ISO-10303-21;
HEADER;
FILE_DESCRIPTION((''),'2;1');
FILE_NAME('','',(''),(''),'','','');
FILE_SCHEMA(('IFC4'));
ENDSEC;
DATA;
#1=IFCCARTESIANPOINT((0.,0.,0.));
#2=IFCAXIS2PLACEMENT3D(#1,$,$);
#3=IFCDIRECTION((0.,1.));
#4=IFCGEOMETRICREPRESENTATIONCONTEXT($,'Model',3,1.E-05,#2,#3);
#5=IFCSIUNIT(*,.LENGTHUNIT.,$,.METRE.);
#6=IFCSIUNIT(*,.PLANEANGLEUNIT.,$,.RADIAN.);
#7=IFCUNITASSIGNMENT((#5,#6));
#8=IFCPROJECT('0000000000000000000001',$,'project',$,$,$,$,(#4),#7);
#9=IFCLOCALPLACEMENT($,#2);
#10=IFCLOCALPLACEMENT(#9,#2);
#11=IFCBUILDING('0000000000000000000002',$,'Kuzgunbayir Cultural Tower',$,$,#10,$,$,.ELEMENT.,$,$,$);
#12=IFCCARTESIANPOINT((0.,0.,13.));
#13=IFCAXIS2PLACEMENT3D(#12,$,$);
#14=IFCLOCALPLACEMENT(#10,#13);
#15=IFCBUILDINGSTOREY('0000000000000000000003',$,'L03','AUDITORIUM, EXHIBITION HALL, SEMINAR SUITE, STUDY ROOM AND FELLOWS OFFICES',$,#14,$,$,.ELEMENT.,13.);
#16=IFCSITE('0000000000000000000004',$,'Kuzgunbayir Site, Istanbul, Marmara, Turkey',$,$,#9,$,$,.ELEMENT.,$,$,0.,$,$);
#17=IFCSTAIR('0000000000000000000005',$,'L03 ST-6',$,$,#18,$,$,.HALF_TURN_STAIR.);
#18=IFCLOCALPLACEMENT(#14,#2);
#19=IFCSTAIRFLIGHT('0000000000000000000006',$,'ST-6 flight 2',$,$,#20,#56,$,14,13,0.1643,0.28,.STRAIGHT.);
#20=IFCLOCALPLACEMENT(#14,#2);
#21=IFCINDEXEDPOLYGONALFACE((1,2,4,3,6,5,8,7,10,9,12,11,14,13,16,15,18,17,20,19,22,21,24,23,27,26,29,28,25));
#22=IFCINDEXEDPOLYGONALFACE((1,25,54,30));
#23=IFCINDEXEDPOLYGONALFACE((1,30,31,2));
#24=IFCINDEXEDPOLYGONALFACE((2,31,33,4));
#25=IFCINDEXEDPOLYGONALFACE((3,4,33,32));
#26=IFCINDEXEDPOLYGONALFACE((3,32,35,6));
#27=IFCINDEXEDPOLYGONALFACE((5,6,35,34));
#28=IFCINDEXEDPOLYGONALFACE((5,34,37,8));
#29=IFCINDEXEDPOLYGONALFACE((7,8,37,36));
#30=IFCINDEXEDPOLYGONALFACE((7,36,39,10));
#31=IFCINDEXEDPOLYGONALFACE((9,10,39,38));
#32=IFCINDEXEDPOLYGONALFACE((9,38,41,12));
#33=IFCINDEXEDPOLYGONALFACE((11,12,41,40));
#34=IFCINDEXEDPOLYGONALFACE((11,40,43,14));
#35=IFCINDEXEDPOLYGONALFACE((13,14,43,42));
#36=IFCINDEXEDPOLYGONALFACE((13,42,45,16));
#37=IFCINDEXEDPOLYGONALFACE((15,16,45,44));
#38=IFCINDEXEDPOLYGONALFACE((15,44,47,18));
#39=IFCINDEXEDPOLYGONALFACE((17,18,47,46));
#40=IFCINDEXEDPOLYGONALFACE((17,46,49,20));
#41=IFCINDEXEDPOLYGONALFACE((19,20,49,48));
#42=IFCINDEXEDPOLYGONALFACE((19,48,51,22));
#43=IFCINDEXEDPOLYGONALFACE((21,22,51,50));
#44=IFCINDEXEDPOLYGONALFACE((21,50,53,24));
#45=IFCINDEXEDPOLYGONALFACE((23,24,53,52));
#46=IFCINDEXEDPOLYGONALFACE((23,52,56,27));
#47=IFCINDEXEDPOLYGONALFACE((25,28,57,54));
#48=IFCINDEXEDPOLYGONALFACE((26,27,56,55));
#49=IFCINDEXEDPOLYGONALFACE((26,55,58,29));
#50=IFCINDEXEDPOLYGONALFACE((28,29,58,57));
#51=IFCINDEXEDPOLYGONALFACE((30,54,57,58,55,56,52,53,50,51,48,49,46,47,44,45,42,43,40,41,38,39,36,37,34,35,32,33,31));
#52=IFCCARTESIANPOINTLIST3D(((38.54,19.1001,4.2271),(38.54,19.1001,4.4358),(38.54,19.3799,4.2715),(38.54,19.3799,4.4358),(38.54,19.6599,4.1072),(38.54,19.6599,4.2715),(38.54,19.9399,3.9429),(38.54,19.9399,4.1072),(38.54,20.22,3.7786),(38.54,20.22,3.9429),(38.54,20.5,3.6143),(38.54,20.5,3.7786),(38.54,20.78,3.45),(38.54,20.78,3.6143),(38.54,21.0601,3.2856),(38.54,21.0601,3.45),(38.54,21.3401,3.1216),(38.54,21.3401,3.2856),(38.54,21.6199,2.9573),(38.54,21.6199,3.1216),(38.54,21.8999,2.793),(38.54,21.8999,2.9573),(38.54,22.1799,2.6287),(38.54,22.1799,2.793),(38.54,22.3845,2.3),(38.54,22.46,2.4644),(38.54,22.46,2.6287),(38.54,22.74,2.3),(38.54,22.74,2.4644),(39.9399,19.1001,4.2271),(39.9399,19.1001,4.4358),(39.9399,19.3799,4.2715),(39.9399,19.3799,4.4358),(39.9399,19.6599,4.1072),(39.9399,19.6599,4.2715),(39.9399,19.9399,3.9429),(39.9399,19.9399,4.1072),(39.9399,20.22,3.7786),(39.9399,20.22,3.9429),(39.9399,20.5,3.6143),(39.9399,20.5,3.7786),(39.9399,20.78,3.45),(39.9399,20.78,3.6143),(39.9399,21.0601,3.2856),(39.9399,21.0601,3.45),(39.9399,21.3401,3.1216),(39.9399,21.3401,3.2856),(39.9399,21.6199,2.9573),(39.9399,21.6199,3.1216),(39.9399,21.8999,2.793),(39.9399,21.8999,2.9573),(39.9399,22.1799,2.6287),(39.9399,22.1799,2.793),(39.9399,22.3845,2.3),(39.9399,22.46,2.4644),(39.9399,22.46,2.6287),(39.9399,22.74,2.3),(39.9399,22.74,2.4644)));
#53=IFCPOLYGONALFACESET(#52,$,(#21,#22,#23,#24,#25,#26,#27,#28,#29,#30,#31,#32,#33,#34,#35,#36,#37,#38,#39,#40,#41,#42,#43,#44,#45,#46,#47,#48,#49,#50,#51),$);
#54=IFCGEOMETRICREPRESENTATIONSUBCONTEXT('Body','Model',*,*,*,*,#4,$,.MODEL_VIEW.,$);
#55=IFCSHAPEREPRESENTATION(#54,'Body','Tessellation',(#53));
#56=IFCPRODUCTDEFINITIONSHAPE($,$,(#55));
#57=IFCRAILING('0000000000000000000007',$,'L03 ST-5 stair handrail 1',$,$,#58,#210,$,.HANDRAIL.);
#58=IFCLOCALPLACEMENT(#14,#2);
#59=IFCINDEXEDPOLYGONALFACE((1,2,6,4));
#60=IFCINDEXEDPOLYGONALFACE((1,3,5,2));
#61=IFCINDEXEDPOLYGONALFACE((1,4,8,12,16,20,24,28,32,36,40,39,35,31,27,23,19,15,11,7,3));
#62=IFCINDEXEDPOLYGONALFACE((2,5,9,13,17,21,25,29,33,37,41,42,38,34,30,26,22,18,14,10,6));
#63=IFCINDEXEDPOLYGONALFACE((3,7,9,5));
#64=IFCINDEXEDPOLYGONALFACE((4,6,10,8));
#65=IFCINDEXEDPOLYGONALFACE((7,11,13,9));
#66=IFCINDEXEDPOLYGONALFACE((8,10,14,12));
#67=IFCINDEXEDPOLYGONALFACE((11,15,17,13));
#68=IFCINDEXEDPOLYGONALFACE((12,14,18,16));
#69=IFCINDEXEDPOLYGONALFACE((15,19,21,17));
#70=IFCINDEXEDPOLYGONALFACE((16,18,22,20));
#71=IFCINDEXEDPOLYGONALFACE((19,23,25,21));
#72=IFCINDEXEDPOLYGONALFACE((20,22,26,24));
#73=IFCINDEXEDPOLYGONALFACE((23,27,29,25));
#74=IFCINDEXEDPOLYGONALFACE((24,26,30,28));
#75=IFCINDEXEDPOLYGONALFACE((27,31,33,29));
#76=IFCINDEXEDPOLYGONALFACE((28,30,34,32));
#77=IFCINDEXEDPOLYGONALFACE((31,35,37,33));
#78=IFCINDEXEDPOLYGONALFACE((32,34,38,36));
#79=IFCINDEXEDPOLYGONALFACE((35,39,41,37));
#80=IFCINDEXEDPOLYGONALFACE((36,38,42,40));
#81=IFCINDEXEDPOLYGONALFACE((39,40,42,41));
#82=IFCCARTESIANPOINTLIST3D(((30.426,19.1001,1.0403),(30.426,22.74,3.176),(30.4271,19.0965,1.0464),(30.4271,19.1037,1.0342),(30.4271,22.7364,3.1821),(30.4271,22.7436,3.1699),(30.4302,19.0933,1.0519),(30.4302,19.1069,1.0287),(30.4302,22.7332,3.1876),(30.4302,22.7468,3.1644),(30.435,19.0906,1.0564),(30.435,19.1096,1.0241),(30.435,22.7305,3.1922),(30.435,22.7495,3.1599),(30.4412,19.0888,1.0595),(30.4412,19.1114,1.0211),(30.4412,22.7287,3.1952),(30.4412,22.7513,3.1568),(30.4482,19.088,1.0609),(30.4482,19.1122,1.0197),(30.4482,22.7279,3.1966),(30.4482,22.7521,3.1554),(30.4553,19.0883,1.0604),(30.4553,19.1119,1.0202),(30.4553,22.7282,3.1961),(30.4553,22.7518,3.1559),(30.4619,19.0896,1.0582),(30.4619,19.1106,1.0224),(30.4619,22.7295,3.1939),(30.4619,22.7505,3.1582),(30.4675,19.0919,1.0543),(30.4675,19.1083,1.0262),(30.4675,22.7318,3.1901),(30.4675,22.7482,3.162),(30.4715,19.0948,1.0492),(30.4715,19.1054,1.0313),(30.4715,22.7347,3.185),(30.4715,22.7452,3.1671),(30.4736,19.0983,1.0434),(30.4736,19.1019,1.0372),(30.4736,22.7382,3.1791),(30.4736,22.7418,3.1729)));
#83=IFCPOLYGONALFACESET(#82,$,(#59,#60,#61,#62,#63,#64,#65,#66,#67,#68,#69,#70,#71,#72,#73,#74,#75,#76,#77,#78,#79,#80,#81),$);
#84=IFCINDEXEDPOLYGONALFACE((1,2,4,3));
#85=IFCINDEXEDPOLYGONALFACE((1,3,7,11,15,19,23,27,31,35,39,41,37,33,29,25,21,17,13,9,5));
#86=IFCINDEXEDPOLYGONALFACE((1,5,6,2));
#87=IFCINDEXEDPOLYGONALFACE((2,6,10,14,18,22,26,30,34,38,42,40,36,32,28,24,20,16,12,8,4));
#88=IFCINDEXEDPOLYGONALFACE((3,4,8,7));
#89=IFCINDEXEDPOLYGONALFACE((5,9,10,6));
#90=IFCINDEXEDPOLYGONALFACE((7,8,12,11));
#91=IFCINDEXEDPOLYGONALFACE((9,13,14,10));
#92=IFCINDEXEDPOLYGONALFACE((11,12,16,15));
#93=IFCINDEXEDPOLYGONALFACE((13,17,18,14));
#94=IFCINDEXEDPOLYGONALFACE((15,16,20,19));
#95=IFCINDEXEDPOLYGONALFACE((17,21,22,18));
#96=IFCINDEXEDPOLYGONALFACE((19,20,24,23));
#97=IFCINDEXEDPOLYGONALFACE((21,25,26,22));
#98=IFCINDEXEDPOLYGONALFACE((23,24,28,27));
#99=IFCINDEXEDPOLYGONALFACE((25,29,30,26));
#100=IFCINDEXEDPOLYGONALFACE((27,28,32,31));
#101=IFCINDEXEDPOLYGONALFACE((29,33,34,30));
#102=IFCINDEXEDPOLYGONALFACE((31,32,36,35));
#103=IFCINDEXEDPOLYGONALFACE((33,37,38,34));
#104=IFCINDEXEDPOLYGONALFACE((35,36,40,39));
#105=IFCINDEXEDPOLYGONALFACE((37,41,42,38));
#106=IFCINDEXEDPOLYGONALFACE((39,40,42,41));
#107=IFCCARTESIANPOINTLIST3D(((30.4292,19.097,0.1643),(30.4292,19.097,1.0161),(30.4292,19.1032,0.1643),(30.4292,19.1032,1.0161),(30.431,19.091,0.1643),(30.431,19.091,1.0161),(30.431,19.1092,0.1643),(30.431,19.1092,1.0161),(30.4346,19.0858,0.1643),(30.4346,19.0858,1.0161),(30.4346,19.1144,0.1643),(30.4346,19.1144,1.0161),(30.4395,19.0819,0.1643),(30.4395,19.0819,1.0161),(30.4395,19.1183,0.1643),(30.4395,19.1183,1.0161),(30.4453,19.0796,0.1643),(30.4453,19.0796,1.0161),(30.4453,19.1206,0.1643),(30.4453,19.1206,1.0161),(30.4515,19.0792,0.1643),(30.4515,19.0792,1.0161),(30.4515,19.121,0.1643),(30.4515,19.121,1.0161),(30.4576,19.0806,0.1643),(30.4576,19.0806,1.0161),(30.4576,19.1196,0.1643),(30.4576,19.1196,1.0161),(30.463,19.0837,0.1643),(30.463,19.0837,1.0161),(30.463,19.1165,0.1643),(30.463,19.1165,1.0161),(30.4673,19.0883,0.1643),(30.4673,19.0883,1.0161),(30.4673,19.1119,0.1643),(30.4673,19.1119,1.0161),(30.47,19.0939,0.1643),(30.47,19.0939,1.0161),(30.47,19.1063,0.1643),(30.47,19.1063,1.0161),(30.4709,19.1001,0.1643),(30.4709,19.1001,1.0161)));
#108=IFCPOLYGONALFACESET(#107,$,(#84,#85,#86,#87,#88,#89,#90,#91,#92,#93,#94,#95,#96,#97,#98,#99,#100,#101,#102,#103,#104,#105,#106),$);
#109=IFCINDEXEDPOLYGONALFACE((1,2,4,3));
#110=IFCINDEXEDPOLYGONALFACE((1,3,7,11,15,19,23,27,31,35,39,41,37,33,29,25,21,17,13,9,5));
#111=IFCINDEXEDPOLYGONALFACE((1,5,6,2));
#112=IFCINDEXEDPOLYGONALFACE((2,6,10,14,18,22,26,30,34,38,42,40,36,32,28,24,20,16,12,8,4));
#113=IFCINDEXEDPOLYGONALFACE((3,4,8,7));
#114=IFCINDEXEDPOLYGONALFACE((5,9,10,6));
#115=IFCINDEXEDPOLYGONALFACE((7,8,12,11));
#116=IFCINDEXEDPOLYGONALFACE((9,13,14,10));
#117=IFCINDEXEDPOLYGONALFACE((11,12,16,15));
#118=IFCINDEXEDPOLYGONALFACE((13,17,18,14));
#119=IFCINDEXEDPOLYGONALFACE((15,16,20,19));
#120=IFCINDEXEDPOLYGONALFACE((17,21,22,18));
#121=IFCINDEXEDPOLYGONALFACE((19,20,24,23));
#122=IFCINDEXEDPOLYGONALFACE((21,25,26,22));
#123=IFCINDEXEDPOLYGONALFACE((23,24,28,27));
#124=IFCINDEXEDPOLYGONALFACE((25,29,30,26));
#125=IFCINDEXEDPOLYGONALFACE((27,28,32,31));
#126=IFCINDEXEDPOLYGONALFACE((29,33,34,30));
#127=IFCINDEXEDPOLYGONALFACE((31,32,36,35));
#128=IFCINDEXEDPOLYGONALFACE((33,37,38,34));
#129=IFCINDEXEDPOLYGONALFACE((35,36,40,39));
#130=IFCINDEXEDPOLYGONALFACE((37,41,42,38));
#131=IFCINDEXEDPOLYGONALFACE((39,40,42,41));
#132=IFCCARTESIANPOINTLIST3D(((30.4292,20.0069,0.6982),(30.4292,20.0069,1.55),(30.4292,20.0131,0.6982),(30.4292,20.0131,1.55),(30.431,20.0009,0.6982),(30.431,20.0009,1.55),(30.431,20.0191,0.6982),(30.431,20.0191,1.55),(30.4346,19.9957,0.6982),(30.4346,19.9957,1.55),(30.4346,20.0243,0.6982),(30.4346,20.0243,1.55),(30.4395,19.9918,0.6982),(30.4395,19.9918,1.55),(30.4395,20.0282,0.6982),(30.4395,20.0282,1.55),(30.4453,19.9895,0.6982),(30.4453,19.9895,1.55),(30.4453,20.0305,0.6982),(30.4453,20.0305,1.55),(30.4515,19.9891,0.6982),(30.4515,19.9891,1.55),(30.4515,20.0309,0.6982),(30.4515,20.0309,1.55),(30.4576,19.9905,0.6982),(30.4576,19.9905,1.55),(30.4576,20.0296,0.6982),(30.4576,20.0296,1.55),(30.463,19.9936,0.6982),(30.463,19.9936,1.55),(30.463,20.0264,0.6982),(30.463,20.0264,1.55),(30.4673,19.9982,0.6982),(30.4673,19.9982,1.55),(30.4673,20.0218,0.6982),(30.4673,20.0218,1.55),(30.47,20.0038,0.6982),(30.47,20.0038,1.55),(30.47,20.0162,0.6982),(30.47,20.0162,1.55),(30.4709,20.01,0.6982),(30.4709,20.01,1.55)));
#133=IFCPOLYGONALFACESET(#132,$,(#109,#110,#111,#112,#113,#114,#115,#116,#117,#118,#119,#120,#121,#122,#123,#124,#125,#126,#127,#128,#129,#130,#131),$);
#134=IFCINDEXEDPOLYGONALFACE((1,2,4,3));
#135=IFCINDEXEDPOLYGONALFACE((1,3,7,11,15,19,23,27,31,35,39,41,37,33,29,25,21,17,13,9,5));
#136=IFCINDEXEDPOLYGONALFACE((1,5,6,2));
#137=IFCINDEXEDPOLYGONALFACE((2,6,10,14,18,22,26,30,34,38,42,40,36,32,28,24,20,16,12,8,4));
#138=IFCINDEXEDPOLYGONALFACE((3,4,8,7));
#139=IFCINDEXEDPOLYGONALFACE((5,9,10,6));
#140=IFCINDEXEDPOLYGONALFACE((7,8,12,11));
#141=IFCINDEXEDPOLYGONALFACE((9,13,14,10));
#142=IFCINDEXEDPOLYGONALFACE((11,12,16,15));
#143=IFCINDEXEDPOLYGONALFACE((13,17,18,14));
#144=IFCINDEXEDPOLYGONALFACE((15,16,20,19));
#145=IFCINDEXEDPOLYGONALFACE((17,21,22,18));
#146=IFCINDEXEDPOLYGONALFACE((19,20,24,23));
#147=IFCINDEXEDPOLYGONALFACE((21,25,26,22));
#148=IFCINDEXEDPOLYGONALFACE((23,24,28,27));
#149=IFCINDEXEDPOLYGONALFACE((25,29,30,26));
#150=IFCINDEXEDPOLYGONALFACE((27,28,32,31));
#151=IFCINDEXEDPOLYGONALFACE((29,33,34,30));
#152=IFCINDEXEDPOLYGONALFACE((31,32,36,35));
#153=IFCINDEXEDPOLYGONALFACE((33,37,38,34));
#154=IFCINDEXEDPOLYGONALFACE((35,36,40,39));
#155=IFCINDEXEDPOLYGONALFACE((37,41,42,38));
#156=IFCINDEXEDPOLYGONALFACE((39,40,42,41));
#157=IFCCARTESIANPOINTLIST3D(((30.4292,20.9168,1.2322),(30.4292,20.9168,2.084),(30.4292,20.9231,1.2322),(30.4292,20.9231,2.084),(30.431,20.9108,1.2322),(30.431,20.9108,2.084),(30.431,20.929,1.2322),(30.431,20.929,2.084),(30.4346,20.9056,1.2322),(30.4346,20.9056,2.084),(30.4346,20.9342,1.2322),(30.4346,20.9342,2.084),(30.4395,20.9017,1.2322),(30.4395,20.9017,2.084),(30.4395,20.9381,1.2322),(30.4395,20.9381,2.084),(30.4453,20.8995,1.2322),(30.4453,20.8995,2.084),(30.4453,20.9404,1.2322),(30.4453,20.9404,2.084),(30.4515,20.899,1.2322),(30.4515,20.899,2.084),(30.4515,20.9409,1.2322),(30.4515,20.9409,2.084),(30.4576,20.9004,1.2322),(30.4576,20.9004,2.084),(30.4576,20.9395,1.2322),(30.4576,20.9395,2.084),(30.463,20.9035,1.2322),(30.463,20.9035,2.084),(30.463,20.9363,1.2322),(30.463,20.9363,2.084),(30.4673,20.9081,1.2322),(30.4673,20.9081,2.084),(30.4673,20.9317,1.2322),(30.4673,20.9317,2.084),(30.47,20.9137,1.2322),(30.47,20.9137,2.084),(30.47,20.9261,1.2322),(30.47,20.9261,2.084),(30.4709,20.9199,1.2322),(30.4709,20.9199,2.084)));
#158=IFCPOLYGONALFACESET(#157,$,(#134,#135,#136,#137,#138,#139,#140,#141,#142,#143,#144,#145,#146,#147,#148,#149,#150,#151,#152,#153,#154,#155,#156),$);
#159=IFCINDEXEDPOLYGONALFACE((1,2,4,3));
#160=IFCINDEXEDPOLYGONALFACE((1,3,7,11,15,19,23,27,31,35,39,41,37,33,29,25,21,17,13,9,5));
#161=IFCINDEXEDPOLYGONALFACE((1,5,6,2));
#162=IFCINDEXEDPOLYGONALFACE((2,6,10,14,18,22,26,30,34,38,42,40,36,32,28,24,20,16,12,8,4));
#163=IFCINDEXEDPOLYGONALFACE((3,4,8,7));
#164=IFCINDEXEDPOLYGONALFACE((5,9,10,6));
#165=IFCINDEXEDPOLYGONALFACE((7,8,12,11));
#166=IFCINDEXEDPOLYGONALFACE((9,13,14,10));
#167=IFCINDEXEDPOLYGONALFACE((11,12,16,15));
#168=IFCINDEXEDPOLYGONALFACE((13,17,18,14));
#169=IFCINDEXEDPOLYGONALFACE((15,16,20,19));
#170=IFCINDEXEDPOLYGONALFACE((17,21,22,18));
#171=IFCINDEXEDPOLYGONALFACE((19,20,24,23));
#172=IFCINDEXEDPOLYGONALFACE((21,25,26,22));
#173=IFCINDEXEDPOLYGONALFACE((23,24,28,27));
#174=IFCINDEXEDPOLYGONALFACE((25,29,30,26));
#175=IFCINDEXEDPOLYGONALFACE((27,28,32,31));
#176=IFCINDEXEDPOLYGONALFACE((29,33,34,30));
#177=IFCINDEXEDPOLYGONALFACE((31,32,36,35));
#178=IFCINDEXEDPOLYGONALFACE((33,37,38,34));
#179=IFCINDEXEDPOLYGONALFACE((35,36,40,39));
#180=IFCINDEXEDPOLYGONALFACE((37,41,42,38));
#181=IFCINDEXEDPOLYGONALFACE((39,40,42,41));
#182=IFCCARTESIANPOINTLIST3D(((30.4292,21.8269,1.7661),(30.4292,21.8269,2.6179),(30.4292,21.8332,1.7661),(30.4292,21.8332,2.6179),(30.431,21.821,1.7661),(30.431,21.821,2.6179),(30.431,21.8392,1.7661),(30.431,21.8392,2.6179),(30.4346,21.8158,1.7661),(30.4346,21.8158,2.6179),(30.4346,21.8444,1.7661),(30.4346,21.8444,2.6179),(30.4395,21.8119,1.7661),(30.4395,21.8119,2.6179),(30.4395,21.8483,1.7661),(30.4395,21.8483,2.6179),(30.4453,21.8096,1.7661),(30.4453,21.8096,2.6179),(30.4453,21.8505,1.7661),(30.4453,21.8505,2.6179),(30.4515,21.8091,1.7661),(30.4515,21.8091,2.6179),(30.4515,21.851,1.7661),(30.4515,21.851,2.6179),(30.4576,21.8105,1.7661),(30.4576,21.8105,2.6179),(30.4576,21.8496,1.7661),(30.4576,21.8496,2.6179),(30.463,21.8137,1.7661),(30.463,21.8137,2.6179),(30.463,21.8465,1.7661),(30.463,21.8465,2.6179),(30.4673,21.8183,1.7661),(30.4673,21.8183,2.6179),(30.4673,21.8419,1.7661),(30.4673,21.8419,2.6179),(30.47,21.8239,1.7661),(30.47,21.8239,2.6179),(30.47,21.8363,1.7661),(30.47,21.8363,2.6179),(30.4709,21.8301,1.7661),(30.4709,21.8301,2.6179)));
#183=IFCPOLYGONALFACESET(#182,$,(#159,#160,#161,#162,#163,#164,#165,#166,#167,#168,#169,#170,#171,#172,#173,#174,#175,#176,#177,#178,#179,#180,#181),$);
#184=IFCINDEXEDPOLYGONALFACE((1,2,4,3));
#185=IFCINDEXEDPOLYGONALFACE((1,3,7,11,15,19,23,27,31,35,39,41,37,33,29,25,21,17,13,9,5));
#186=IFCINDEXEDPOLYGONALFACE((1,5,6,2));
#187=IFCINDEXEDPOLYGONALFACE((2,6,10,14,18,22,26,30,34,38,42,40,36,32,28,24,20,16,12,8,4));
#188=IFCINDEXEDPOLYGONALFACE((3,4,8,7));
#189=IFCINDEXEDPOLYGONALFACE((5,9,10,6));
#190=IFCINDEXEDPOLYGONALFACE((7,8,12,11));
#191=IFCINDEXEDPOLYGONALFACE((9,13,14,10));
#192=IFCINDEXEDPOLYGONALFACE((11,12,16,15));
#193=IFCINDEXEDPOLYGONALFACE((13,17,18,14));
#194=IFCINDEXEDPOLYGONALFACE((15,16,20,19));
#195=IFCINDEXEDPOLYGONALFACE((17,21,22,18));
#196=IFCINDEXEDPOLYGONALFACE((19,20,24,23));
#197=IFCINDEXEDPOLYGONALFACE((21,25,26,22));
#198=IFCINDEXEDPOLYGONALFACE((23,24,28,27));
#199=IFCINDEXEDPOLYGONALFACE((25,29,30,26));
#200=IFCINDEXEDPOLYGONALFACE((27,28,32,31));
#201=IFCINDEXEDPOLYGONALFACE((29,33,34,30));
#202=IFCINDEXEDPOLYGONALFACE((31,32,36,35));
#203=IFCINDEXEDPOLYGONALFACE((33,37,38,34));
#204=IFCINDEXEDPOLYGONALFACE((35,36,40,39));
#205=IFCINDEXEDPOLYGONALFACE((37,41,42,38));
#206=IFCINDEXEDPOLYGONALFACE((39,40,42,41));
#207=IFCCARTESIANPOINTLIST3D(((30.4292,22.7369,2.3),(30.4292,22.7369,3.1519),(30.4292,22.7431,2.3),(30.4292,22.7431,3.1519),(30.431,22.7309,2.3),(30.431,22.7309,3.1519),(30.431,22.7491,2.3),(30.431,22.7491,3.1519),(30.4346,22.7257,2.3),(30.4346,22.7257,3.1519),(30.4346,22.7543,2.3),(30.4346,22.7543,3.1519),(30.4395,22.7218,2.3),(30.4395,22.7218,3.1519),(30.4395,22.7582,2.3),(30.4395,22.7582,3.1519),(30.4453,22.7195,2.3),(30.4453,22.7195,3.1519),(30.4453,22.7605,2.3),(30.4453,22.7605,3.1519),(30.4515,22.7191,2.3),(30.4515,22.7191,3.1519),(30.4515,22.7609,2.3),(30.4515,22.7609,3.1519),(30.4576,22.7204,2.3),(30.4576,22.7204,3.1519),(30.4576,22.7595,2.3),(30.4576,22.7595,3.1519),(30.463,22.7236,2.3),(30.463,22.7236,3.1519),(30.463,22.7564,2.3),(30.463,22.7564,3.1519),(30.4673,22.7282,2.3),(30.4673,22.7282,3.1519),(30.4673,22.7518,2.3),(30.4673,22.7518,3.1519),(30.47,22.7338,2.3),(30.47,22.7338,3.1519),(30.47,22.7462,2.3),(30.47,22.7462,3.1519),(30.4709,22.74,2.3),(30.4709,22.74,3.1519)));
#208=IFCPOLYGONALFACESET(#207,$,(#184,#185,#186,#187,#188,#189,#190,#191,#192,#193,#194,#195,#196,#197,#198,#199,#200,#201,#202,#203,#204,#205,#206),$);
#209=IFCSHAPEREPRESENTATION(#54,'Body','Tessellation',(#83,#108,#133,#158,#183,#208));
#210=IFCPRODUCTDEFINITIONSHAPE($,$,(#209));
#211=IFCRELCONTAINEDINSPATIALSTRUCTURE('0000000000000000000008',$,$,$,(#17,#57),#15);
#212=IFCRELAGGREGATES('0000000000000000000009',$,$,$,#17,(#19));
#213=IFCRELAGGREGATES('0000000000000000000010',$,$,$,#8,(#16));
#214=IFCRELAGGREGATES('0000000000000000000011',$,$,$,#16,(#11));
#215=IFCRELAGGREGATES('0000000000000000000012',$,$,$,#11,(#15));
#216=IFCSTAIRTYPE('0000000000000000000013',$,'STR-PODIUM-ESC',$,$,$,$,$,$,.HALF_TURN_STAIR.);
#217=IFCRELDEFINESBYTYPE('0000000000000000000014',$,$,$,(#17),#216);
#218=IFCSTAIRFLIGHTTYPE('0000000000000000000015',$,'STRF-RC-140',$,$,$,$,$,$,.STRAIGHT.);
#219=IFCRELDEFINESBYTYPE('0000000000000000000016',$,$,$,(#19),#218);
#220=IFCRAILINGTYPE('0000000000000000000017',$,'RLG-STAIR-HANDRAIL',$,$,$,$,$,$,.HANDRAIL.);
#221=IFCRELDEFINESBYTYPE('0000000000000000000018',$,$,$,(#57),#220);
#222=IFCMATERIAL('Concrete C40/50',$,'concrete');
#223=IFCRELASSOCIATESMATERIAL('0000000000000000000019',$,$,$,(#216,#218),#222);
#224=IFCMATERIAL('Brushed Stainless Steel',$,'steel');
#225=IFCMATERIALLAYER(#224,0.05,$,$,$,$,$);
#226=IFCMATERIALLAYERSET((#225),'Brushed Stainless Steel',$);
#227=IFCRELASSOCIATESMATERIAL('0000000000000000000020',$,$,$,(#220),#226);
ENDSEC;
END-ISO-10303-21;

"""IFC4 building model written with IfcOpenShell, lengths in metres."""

from ifc_helpers import new_model, si_unit, direction, frame, origin, origin_2d, place, context, subcontext, project, spatial, polyline, circle, outline, extrude, material, layer, layer_set, type_object, element, aggregate, save


model = new_model("IFC4")

# Units and contexts
model_context = context("Model", 3, precision=1e-05, world=origin(), true_north=direction((0.0, 1.0)))
body_context = subcontext(model_context, "Body", "Model", "MODEL_VIEW")
ifc_project = project(units=[si_unit("LENGTHUNIT", "METRE"), si_unit("PLANEANGLEUNIT", "RADIAN")], contexts=[model_context])

# Site, building, storey
site_placement = place(None, origin())
site = spatial("IfcSite", under=ifc_project, at=site_placement, Name="Kuzgunbayir Site, Istanbul, Marmara, Turkey", CompositionType="ELEMENT", RefElevation=0.0)
building_placement = place(site_placement, origin())
building = spatial("IfcBuilding", under=site, at=building_placement, Name="Kuzgunbayir Cultural Tower", CompositionType="ELEMENT")
storey_placement = place(building_placement, frame((0.0, 0.0, 13.0)))
storey = spatial("IfcBuildingStorey", under=building, at=storey_placement, Name="L03", Description="AUDITORIUM, EXHIBITION HALL, SEMINAR SUITE, STUDY ROOM AND FELLOWS OFFICES", CompositionType="ELEMENT", Elevation=13.0)

# Shared definitions
ifc_material_1 = material(Name="Concrete C40/50", Category="concrete")

# Stair, stair flight
stair_type = type_object("IfcStairType", Name="STR-PODIUM-ESC", PredefinedType="HALF_TURN_STAIR", material=ifc_material_1)
stair_flight_type = type_object("IfcStairFlightType", Name="STRF-RC-140", PredefinedType="STRAIGHT", material=ifc_material_1)
stair_1_placement = place(storey_placement, origin())
stair_1 = element("IfcStair", 1, at=stair_1_placement, inside=storey, type_object=stair_type, Name="L03 ST-6", PredefinedType="HALF_TURN_STAIR")
stair_flight_1_placement = place(storey_placement, frame((39.24, 22.74, 2.3), z_axis=(0.0, 0.0, 1.0), x_axis=(0.0, -1.0, 0.0)))
stair_flight_1 = element("IfcStairFlight", 2, at=stair_flight_1_placement, type_object=stair_flight_type, Name="ST-6 flight 2", NumberOfRisers=14, NumberOfTreads=13, PredefinedType="STRAIGHT", RiserHeight=0.1643, TreadLength=0.28, context=body_context, shape_type="SweptSolid", body=[
    extrude(outline(polyline([(0.0, 0.0), (0.0, 0.1643), (0.28, 0.1643), (0.28, 0.3286), (0.5601, 0.3286), (0.5601, 0.4929), (0.8401, 0.4929), (0.8401, 0.6572), (1.1201, 0.6572), (1.1201, 0.8215), (1.3999, 0.8215), (1.3999, 0.9856), (1.6799, 0.9856), (1.6799, 1.1499), (1.96, 1.1499), (1.96, 1.3142), (2.24, 1.3142), (2.24, 1.4785), (2.52, 1.4785), (2.52, 1.6428), (2.8, 1.6428), (2.8, 1.8071), (3.0801, 1.8071), (3.0801, 1.9714), (3.3601, 1.9714), (3.3601, 2.1357), (3.6399, 2.1357), (3.6399, 2.3), (3.6399, 1.927), (0.3555, 0.0), (0.0, 0.0)])), frame((0.0, 0.7, 0.0), z_axis=(0.0, -1.0, 0.0), x_axis=(1.0, 0.0, 0.0)), (0.0, 0.0, 1.0), 1.3999),
])
aggregate(stair_1, [stair_flight_1])

# Railing
ifc_material_2 = material(Name="Brushed Stainless Steel", Category="steel")
ifc_layer_1 = layer(ifc_material_2, 0.05)
ifc_layer_set_1 = layer_set([ifc_layer_1], Name="Brushed Stainless Steel")
railing_type_1 = type_object("IfcRailingType", Name="RLG-STAIR-HANDRAIL", PredefinedType="HANDRAIL", material=ifc_layer_set_1)
railing_1_placement = place(storey_placement, frame((30.45, 19.1001, 0.1643)))
element("IfcRailing", 3, at=railing_1_placement, inside=storey, type_object=railing_type_1, Name="L03 ST-5 stair handrail 1", PredefinedType="HANDRAIL", context=body_context, shape_type="SweptSolid", body=[
    extrude(circle(Radius=0.0239, at=origin_2d()), frame((0.0, 0.0, 0.876), z_axis=(0.0, 0.86249, 0.506074), x_axis=(-1.0, 0.0, 0.0)), (0.0, 0.0, 1.0), 4.2202),
    extrude(circle(Radius=0.021, at=origin_2d()), origin(), (0.0, 0.0, 1.0), 0.8518),
    extrude(circle(Radius=0.021, at=origin_2d()), frame((0.0, 0.9099, 0.5339)), (0.0, 0.0, 1.0), 0.8518),
    extrude(circle(Radius=0.021, at=origin_2d()), frame((0.0, 1.8198, 1.0679)), (0.0, 0.0, 1.0), 0.8518),
    extrude(circle(Radius=0.021, at=origin_2d()), frame((0.0, 2.73, 1.6018)), (0.0, 0.0, 1.0), 0.8518),
    extrude(circle(Radius=0.021, at=origin_2d()), frame((0.0, 3.6399, 2.1357)), (0.0, 0.0, 1.0), 0.8518),
])

save(model, "model.ifc")
